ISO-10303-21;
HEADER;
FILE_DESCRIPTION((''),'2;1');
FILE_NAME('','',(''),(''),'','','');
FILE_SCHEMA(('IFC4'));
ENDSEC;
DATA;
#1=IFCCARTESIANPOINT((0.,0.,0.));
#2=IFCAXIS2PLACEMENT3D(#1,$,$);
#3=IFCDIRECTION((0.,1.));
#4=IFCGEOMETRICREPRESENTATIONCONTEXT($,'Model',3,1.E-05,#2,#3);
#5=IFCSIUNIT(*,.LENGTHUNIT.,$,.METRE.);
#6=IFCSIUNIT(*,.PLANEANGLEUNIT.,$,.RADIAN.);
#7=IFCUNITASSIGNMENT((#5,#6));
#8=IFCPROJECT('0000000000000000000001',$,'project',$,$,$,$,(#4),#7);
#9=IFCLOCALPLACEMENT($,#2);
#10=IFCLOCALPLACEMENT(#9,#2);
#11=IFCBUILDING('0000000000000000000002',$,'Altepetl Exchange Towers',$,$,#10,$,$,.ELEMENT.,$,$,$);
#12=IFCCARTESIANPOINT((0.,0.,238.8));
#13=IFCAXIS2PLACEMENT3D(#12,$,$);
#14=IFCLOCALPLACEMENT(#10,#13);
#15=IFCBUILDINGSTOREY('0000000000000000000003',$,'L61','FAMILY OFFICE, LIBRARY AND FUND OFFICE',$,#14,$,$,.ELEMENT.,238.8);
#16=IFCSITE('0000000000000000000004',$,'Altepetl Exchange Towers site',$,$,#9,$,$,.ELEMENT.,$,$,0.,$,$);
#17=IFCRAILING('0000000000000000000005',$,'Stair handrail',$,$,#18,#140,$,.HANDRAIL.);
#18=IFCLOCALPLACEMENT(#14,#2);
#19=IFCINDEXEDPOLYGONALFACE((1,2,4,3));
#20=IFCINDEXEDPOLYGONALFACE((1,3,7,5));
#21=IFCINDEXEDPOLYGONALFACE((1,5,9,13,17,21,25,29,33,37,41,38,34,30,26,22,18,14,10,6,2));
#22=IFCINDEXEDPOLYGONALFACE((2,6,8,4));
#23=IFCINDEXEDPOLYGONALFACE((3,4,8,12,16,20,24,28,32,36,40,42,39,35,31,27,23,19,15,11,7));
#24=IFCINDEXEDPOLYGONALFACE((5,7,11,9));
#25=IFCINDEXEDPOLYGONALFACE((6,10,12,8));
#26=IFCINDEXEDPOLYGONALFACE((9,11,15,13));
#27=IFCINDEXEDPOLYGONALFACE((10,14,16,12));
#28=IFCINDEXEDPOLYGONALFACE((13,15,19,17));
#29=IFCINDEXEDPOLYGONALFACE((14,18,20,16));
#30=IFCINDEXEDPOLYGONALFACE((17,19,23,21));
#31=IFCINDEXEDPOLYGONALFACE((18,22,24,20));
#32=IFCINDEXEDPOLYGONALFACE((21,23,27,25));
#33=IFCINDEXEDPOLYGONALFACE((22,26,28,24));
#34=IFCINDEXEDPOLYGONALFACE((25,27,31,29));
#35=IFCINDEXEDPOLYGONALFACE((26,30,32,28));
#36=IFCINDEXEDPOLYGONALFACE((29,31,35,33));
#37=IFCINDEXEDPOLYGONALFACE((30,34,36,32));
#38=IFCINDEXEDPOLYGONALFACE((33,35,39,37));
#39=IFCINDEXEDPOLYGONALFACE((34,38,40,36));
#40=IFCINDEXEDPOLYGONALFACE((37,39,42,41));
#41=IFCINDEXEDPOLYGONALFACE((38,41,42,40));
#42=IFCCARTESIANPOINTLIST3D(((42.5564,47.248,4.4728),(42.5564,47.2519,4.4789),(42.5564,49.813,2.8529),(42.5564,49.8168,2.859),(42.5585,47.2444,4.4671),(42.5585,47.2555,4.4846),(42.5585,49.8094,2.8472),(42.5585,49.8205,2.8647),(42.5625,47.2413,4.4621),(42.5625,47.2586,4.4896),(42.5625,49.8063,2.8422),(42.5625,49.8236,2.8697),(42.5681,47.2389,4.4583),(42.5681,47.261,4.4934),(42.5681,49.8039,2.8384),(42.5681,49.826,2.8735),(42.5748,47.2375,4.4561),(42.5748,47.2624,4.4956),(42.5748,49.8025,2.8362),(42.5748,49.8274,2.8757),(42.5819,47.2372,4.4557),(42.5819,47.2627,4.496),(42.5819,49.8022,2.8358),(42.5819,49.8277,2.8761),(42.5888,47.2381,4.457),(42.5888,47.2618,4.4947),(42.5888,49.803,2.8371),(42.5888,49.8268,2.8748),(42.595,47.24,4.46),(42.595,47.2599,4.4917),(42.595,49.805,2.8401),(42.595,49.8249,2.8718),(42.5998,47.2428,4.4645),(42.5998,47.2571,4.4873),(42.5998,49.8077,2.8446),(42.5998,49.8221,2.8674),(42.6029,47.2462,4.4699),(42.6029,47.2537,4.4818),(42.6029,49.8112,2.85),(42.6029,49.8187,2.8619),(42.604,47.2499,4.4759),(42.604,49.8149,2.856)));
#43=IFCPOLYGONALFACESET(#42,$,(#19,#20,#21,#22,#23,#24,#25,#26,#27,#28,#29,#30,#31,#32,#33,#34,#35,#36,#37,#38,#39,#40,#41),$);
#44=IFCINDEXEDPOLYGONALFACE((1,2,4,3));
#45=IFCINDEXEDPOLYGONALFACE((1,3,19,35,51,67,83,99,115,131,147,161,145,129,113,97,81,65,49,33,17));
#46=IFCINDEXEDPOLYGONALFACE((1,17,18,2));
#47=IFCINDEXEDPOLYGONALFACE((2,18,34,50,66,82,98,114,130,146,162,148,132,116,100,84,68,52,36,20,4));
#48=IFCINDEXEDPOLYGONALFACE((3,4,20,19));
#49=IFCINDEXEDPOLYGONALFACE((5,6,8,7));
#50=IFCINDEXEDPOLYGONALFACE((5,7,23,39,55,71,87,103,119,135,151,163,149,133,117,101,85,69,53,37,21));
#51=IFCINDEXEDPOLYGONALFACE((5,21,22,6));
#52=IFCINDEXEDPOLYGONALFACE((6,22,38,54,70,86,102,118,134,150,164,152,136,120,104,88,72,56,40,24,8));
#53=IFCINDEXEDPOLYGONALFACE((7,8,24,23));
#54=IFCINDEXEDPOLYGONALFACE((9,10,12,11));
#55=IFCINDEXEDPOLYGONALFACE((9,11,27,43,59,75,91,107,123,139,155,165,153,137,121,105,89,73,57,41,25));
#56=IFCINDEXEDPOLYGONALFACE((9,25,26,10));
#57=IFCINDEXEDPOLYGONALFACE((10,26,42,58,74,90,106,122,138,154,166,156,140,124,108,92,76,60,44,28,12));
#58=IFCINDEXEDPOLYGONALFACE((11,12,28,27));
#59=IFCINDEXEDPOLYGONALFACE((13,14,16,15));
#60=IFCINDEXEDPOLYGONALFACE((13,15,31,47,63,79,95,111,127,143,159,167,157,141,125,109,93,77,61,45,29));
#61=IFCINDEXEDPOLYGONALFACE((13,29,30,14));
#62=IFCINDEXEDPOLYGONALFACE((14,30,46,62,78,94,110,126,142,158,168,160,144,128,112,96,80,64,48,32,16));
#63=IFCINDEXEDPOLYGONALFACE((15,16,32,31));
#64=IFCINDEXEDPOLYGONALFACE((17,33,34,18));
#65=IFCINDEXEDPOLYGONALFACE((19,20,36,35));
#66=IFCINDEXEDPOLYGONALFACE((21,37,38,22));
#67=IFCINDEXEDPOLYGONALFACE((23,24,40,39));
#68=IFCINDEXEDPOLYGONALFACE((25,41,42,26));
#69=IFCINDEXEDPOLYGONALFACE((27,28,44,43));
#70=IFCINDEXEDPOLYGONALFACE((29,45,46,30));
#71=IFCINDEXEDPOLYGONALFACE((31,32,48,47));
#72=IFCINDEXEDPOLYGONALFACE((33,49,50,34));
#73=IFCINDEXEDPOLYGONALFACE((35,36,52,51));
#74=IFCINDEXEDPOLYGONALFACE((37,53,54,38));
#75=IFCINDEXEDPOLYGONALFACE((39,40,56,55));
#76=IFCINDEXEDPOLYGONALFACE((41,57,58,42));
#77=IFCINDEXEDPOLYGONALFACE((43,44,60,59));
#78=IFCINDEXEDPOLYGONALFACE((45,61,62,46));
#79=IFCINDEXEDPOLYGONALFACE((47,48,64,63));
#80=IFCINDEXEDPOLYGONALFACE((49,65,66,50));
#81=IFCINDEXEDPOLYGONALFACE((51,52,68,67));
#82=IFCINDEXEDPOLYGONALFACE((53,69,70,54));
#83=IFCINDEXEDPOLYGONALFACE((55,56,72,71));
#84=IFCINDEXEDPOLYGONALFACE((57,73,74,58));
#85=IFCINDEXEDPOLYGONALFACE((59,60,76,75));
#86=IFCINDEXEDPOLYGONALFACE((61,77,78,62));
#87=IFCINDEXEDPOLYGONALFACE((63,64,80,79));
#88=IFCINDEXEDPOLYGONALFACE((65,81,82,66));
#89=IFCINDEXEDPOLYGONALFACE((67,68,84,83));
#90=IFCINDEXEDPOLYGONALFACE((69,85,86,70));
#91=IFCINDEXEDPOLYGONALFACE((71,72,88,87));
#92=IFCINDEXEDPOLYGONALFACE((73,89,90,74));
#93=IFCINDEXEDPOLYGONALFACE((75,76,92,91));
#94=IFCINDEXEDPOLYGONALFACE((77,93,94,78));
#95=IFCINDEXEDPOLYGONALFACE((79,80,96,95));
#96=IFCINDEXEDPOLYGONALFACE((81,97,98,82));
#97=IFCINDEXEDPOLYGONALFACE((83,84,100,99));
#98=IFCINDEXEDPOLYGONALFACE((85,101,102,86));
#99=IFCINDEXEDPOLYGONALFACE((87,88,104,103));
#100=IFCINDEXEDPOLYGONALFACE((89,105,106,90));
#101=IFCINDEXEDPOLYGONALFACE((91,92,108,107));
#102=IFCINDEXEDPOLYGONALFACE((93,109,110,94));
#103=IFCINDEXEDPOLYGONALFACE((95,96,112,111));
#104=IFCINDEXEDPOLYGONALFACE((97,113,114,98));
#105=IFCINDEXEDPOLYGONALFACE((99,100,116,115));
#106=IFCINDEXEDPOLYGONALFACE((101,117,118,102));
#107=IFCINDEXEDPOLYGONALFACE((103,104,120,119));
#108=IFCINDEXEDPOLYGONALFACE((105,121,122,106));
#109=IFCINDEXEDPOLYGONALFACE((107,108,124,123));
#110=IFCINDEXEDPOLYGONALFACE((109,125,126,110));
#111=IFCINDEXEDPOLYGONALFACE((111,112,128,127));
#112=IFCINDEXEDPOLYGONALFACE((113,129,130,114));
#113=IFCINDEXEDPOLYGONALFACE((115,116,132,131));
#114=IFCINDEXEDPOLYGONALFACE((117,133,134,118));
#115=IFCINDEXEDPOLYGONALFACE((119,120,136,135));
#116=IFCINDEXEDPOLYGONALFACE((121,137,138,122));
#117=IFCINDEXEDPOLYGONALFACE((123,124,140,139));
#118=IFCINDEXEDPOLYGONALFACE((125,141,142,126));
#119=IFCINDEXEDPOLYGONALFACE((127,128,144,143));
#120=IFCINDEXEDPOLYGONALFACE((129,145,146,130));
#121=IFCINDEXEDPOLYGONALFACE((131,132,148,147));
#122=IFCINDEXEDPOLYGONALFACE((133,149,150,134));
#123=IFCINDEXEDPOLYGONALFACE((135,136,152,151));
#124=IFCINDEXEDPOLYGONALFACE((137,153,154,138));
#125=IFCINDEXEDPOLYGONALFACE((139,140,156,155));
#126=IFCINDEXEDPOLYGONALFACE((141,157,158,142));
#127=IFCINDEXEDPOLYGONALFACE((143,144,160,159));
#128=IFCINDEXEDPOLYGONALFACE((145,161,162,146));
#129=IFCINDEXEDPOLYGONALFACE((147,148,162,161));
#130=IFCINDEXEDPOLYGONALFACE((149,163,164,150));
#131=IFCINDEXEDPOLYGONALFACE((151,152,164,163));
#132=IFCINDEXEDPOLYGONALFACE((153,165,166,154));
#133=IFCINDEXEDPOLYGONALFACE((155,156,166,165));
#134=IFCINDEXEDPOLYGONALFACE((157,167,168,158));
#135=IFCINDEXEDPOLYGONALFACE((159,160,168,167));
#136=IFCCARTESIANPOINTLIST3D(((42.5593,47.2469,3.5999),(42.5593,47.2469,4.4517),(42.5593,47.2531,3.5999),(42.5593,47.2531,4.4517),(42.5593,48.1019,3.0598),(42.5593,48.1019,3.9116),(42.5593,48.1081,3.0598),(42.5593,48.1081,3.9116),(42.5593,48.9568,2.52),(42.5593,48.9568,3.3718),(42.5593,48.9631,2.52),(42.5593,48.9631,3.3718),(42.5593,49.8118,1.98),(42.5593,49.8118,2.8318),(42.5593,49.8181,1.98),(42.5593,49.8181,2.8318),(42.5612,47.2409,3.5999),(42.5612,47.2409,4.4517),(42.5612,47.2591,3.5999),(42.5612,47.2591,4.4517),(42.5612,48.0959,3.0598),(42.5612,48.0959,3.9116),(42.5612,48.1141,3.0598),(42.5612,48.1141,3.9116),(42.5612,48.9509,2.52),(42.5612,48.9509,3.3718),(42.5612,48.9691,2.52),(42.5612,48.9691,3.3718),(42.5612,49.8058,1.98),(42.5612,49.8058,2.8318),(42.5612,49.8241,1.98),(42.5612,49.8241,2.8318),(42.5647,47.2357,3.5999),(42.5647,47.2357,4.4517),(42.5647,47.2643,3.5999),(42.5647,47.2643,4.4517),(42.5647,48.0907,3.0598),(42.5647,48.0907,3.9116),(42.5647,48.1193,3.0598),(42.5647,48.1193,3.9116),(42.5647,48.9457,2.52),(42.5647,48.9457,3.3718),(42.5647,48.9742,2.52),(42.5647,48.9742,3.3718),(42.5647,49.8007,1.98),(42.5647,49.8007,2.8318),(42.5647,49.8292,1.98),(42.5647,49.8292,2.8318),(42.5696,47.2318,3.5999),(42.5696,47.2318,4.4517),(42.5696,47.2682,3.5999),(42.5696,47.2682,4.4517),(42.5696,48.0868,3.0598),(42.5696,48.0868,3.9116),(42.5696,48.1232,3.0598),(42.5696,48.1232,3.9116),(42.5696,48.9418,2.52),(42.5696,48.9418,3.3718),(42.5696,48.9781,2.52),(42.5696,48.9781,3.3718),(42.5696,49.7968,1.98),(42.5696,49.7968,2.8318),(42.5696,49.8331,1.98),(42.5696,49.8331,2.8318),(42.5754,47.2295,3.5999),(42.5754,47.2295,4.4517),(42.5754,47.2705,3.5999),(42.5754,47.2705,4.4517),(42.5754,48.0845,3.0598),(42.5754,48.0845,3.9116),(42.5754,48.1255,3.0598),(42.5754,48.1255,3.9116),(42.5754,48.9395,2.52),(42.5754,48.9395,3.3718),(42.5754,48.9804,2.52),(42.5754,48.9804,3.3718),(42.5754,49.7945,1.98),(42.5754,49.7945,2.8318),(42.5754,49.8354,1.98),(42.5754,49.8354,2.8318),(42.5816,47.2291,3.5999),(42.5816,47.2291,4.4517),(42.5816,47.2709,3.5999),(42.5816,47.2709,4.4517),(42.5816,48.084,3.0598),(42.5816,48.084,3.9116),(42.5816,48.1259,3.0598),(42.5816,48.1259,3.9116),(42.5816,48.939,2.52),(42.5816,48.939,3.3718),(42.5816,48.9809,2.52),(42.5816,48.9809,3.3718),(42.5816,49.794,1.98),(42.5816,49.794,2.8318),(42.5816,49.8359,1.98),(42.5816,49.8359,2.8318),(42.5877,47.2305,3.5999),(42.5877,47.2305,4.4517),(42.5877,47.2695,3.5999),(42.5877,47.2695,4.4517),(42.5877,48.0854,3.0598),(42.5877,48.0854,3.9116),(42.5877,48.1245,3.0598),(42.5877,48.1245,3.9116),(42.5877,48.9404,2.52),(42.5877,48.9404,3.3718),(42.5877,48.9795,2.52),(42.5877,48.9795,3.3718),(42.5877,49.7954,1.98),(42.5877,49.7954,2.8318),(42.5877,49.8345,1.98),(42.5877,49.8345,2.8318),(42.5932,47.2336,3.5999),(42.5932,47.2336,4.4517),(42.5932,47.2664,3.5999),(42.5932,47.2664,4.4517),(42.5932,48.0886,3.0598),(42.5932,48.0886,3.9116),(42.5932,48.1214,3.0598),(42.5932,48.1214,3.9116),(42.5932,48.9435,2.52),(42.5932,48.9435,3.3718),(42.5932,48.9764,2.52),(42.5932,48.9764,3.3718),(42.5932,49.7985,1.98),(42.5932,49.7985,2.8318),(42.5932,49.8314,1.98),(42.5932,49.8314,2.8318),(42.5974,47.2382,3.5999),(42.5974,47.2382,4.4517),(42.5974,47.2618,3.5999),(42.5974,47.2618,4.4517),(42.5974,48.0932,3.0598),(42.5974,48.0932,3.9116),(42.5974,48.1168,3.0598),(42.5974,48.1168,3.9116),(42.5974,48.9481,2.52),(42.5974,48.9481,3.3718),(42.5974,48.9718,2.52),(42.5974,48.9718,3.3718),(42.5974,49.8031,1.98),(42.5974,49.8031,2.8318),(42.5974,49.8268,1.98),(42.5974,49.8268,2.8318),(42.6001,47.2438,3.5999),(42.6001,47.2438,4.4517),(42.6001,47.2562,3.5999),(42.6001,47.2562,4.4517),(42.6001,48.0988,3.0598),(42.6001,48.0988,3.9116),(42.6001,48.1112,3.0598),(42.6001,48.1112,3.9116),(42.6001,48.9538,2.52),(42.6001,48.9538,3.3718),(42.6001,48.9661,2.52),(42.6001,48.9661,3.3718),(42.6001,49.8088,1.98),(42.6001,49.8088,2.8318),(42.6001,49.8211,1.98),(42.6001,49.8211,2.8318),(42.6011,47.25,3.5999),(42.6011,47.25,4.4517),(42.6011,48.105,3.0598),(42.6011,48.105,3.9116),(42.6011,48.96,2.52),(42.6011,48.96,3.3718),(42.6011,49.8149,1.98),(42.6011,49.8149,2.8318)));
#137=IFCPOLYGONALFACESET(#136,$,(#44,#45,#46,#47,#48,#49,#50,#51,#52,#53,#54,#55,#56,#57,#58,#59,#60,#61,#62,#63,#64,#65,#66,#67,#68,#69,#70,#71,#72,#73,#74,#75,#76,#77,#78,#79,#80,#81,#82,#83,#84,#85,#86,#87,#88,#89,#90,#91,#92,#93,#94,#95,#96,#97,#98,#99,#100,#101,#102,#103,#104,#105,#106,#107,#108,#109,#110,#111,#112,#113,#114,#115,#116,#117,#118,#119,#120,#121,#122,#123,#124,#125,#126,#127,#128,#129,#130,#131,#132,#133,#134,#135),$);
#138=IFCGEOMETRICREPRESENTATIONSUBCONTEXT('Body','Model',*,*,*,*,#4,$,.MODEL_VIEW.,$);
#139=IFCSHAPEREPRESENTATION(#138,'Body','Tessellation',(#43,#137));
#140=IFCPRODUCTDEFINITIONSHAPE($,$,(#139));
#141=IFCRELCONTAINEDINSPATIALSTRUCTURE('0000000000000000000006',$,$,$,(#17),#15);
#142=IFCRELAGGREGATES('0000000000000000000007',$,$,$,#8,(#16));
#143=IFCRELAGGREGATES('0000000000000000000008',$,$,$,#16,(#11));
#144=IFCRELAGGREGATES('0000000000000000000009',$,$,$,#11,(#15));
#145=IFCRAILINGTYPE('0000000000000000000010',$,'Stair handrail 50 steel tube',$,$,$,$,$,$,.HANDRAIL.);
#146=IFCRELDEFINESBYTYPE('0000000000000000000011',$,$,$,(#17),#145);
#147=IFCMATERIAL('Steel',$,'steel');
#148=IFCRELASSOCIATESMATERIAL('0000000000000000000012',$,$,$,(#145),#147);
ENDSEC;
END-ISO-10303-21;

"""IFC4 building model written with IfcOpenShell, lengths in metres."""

from ifc_helpers import new_model, si_unit, direction, frame, origin, origin_2d, place, context, subcontext, project, spatial, circle, extrude, source, transform, mapped, material, type_object, element, save


model = new_model("IFC4")

# Units and contexts
model_context = context("Model", 3, precision=1e-05, world=origin(), true_north=direction((0.0, 1.0)))
body_context = subcontext(model_context, "Body", "Model", "MODEL_VIEW")
ifc_project = project(units=[si_unit("LENGTHUNIT", "METRE"), si_unit("PLANEANGLEUNIT", "RADIAN")], contexts=[model_context])

# Site, building, storey
site_placement = place(None, origin())
site = spatial("IfcSite", under=ifc_project, at=site_placement, Name="Altepetl Exchange Towers site", CompositionType="ELEMENT", RefElevation=0.0)
building_placement = place(site_placement, origin())
building = spatial("IfcBuilding", under=site, at=building_placement, Name="Altepetl Exchange Towers", CompositionType="ELEMENT")
storey_placement = place(building_placement, frame((0.0, 0.0, 238.8)))
storey = spatial("IfcBuildingStorey", under=building, at=storey_placement, Name="L61", Description="FAMILY OFFICE, LIBRARY AND FUND OFFICE", CompositionType="ELEMENT", Elevation=238.8)

# Railing
ifc_material_1 = material(Name="Steel", Category="steel")
railing_type = type_object("IfcRailingType", Name="Stair handrail 50 steel tube", PredefinedType="HANDRAIL", material=ifc_material_1)
shared_shape = source(origin(), body_context, "Body", "SweptSolid", [
    extrude(circle(Radius=0.021, at=origin_2d()), origin(), (0.0, 0.0, 1.0), 0.8518),
])
railing_1_placement = place(storey_placement, frame((42.5801, 49.8149, 1.98)))
element("IfcRailing", 1, at=railing_1_placement, inside=storey, type_object=railing_type, Name="Stair handrail", PredefinedType="HANDRAIL", context=body_context, shape_type="SweptSolid", body=[
    extrude(circle(Radius=0.0239, at=origin_2d()), frame((0.0, 0.0, 0.876), z_axis=(0.0, -0.845502, 0.533972), x_axis=(1.0, 0.0, 0.0)), (0.0, 0.0, 1.0), 3.0337),
    mapped(shared_shape, transform((0.0, 0.0, 0.0))),
    mapped(shared_shape, transform((0.0, -0.855, 0.54))),
    mapped(shared_shape, transform((0.0, -1.71, 1.0798))),
    mapped(shared_shape, transform((0.0, -2.5649, 1.6199))),
])

save(model, "model.ifc")
